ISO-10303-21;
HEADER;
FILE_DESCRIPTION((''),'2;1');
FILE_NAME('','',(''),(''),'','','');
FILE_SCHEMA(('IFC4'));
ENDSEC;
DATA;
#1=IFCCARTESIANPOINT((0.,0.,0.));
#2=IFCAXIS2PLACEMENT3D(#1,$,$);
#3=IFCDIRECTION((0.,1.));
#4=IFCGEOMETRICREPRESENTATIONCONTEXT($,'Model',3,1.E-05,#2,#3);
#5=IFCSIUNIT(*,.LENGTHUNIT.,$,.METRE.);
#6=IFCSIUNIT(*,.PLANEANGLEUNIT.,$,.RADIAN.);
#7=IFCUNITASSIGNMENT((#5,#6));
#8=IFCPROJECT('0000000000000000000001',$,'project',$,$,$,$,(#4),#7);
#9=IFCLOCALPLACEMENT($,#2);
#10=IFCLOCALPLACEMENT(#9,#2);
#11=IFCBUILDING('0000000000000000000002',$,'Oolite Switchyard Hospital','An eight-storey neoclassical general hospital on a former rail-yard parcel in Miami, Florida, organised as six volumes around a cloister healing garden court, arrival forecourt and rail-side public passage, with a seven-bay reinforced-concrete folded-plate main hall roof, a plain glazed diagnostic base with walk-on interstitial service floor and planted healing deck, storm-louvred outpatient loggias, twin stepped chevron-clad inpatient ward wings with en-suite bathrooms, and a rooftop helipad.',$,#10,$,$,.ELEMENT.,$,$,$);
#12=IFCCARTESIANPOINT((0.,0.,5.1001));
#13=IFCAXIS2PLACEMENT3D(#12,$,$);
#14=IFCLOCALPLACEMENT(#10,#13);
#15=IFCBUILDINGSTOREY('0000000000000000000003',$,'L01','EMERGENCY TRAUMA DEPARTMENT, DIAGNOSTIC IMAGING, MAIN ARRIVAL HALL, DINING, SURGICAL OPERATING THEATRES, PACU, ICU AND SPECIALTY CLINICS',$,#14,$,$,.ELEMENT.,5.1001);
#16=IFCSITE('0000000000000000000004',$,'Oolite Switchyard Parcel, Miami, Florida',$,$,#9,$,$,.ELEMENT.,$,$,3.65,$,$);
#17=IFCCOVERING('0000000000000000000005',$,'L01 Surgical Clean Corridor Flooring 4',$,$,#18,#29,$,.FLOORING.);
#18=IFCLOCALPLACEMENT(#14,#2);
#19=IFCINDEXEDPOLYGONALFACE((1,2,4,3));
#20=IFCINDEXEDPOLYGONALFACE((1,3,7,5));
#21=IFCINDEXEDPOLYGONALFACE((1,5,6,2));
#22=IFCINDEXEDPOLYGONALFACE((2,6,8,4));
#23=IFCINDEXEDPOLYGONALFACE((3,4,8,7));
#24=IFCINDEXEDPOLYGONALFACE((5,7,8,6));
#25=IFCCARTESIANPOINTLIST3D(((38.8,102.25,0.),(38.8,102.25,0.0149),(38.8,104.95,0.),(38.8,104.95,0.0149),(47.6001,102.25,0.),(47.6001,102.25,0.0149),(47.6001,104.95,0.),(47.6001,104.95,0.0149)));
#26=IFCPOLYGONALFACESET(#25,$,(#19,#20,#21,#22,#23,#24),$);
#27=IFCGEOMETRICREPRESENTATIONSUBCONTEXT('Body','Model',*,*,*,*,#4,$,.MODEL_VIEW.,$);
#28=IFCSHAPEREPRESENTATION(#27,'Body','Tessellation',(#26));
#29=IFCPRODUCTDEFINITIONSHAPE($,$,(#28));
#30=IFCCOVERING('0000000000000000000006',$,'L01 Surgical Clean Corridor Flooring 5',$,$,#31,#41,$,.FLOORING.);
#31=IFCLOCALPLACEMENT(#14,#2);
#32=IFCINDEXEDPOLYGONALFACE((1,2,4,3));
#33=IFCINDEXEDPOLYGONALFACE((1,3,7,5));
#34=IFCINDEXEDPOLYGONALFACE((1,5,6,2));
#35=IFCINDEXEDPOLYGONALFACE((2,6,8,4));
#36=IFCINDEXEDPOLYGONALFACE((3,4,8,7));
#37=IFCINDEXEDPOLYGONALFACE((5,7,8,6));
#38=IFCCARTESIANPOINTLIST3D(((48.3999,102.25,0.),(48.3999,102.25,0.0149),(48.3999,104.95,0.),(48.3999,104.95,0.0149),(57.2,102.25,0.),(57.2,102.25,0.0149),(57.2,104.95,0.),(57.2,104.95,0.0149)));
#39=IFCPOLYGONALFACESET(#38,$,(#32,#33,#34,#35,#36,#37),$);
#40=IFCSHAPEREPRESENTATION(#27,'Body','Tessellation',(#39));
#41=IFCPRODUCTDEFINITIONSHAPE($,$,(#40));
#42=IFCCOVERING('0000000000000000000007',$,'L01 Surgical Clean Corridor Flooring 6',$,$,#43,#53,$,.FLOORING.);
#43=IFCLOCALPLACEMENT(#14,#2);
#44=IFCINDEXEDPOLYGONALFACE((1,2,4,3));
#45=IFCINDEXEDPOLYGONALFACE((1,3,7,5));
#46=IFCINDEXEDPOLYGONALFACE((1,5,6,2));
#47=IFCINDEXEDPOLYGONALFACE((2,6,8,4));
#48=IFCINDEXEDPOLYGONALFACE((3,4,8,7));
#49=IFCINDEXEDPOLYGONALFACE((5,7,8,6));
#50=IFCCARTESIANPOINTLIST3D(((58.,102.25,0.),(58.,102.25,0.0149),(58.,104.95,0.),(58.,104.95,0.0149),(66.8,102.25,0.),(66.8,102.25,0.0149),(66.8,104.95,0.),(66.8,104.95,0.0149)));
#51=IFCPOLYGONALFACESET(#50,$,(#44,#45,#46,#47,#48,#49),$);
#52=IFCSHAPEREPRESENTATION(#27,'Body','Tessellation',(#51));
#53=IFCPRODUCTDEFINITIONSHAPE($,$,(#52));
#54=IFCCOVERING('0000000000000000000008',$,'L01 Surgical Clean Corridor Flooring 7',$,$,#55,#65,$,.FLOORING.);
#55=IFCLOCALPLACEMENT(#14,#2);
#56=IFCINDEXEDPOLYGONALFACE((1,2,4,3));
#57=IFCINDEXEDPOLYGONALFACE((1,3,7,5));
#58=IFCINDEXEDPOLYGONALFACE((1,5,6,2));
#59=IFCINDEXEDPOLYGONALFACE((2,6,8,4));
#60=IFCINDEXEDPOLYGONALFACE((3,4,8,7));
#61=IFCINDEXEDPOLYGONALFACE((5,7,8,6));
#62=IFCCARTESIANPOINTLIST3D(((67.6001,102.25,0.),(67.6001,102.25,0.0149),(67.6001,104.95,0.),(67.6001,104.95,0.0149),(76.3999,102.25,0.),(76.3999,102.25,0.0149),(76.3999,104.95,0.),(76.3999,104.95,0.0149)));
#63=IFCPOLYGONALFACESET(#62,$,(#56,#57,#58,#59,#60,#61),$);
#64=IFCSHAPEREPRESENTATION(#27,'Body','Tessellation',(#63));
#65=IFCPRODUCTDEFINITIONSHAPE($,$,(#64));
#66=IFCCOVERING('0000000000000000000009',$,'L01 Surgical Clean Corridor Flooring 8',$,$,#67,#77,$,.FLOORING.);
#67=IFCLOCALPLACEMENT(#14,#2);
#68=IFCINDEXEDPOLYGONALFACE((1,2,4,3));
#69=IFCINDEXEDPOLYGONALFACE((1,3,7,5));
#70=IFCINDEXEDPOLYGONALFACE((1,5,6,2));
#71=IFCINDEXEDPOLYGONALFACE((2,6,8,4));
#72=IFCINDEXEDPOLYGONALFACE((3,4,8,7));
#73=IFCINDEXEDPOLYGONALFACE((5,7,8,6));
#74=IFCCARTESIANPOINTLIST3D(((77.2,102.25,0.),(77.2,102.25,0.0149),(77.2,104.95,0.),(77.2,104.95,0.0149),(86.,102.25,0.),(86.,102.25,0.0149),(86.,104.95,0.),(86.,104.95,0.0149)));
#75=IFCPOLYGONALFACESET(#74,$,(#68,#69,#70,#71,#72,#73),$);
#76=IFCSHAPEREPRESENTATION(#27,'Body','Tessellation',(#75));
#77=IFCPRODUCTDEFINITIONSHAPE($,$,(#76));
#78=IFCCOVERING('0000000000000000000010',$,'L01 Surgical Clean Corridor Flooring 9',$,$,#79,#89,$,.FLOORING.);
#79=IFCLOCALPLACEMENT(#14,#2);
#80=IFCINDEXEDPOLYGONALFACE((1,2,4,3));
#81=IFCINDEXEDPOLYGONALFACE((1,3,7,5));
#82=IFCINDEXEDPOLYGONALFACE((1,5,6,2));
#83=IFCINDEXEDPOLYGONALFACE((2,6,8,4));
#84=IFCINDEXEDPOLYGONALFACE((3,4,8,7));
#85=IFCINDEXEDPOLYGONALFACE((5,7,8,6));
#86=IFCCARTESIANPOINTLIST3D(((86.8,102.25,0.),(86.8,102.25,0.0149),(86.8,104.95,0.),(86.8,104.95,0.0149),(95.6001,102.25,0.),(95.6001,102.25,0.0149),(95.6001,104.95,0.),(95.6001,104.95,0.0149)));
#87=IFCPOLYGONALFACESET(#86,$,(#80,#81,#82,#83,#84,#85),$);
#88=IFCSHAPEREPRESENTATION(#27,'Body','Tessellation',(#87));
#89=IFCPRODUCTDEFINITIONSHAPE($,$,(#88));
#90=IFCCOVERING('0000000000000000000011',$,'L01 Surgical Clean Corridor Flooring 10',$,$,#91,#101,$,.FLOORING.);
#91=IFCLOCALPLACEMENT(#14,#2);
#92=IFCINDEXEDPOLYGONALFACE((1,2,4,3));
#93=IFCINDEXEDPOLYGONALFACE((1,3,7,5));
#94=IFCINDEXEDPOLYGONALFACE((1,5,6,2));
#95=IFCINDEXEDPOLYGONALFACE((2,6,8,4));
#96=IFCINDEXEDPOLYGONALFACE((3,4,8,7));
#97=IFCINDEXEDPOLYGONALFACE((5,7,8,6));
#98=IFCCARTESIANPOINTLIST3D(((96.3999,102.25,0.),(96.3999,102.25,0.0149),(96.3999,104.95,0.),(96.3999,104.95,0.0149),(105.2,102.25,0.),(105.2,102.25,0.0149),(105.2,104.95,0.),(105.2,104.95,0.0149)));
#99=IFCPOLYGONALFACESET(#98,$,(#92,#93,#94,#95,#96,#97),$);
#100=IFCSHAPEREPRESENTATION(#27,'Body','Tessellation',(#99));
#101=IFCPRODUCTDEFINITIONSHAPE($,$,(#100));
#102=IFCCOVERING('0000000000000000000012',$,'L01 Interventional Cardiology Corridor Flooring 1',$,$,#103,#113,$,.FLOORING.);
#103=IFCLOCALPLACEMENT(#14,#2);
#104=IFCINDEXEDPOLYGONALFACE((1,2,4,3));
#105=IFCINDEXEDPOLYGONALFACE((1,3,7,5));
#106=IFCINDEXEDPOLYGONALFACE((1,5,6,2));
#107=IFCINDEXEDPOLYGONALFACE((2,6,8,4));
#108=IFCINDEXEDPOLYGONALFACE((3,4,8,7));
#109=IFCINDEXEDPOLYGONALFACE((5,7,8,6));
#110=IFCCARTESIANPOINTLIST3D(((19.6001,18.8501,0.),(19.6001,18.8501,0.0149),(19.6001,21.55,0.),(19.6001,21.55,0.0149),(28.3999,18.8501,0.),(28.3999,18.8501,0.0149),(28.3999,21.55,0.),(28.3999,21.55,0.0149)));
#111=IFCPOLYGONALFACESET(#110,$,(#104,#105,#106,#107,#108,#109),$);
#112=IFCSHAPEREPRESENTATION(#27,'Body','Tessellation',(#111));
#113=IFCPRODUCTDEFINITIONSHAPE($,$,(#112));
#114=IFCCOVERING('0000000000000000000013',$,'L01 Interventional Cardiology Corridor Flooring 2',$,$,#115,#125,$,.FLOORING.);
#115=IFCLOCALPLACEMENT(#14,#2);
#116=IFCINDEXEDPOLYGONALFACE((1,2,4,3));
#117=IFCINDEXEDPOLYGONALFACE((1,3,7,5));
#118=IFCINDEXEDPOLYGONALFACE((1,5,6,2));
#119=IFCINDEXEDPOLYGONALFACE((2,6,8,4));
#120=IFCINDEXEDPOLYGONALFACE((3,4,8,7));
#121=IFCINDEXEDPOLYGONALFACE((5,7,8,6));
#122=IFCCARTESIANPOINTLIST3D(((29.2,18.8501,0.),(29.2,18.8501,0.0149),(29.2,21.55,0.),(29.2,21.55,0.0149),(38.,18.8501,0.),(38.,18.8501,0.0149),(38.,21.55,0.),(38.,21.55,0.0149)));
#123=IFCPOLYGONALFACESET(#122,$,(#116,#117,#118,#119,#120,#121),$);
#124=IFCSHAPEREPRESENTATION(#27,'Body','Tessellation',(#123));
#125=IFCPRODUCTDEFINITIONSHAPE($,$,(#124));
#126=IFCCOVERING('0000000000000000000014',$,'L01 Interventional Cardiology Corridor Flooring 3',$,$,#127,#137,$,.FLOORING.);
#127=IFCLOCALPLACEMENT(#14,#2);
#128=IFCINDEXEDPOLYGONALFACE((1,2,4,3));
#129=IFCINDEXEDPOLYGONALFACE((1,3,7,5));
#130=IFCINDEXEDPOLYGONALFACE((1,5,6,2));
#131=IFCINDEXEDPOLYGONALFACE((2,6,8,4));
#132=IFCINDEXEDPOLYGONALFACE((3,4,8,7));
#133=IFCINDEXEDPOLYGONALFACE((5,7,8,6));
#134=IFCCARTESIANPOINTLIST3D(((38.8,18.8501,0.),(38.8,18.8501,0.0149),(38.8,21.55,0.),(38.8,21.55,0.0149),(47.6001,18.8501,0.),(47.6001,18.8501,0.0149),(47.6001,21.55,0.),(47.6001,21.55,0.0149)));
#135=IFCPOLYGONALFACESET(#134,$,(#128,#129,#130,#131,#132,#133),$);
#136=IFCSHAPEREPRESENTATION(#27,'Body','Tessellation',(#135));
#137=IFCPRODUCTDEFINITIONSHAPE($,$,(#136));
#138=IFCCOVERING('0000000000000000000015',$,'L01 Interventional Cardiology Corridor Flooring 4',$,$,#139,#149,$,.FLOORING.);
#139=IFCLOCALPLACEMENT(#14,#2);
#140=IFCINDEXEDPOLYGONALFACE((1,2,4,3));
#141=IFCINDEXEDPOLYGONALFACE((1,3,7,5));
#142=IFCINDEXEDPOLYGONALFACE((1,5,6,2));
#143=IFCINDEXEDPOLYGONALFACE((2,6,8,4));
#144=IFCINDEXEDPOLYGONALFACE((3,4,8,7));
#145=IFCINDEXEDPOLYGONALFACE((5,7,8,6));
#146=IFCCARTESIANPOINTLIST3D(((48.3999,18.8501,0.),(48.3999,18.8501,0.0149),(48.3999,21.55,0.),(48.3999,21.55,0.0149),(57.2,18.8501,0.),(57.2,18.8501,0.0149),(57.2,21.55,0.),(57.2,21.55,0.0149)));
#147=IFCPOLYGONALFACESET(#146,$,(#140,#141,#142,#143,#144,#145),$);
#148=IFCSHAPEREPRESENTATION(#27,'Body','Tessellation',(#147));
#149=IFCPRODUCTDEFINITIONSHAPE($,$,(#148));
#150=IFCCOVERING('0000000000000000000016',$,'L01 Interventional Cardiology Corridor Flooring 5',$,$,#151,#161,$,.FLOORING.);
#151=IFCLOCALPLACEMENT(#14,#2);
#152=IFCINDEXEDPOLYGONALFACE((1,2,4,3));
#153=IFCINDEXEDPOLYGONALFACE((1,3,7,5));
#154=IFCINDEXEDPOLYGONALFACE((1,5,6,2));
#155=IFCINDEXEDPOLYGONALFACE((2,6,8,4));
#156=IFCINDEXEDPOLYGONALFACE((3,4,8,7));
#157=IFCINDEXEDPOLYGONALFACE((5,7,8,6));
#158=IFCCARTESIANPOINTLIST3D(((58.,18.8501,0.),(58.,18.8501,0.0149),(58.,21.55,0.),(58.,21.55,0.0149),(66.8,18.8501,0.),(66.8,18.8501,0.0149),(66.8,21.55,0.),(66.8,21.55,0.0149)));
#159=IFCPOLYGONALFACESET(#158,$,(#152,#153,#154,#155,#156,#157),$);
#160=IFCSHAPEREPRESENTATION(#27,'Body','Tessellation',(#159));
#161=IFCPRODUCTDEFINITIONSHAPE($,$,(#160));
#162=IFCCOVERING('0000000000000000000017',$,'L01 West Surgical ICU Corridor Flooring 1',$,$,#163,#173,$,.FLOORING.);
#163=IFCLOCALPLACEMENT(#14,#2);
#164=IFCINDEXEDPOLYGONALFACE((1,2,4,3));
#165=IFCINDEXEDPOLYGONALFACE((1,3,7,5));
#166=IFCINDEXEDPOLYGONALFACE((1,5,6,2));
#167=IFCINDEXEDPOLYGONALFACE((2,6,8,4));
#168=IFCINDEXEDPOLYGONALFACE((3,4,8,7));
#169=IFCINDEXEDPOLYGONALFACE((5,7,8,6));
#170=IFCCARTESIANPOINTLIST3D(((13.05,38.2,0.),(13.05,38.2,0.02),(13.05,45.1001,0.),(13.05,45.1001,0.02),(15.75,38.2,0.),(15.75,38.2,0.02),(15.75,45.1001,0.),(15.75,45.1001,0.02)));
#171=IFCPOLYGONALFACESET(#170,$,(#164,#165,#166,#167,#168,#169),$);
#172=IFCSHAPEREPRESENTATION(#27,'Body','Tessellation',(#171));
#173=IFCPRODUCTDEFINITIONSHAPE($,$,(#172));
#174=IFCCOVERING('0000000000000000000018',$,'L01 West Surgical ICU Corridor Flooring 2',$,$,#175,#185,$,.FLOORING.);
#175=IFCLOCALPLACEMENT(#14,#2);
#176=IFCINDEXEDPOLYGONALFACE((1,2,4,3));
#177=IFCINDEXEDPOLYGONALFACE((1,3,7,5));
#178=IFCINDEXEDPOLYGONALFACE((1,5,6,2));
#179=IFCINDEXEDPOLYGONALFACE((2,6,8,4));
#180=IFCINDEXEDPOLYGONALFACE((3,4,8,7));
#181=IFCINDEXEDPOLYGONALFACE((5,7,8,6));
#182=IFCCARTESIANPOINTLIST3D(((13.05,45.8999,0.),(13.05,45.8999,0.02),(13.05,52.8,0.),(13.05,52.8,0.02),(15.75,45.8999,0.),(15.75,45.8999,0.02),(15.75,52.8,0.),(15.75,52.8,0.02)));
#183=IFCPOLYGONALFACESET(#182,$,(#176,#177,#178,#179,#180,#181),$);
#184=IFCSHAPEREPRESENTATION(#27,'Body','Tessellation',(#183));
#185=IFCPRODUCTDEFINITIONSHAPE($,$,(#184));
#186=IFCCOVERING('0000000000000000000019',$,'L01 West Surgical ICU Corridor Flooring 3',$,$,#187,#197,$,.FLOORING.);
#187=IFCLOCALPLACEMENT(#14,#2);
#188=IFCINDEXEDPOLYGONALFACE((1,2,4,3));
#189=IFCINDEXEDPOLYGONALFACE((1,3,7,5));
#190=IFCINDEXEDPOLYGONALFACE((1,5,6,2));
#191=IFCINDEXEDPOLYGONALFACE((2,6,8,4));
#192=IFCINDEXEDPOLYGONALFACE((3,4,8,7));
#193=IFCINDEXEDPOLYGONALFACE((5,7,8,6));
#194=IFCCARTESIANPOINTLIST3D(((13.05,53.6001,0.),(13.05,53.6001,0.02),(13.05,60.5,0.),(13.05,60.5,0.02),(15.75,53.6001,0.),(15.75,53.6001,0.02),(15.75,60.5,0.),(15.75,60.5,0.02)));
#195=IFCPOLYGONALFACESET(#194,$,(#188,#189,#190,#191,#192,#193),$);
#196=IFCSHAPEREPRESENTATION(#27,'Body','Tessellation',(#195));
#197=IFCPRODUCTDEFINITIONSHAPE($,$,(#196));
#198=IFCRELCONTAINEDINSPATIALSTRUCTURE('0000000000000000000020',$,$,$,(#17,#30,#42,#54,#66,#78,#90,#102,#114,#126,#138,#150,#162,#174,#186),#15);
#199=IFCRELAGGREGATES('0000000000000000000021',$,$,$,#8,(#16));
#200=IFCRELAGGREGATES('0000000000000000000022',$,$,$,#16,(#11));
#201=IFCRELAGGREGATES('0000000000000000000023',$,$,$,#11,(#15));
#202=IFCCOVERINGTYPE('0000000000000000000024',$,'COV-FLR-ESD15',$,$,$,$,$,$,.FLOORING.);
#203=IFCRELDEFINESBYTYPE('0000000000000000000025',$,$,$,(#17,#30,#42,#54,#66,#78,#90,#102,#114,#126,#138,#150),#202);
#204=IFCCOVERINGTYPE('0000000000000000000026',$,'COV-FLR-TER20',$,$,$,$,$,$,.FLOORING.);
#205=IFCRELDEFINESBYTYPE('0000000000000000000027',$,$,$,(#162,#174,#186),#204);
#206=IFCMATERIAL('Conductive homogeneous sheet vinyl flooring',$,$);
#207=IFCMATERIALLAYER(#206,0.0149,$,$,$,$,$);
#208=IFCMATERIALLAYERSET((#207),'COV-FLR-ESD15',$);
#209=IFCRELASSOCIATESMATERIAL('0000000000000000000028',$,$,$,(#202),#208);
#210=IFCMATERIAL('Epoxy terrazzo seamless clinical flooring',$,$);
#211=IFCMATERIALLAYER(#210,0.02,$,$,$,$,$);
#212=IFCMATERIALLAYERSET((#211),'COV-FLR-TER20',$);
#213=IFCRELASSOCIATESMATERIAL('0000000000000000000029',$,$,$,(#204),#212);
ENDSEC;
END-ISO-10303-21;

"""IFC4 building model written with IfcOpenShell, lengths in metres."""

from ifc_helpers import new_model, si_unit, direction, frame, origin, place, context, subcontext, project, spatial, polyline, outline, extrude, material, layer, layer_set, type_object, element, save


model = new_model("IFC4")

# Units and contexts
model_context = context("Model", 3, precision=1e-05, world=origin(), true_north=direction((0.0, 1.0)))
body_context = subcontext(model_context, "Body", "Model", "MODEL_VIEW")
ifc_project = project(units=[si_unit("LENGTHUNIT", "METRE"), si_unit("PLANEANGLEUNIT", "RADIAN")], contexts=[model_context])

# Site, building, storey
site_placement = place(None, origin())
site = spatial("IfcSite", under=ifc_project, at=site_placement, Name="Oolite Switchyard Parcel, Miami, Florida", CompositionType="ELEMENT", RefElevation=3.65)
building_placement = place(site_placement, origin())
building = spatial("IfcBuilding", under=site, at=building_placement, Name="Oolite Switchyard Hospital", Description="An eight-storey neoclassical general hospital on a former rail-yard parcel in Miami, Florida, organised as six volumes around a cloister healing garden court, arrival forecourt and rail-side public passage, with a seven-bay reinforced-concrete folded-plate main hall roof, a plain glazed diagnostic base with walk-on interstitial service floor and planted healing deck, storm-louvred outpatient loggias, twin stepped chevron-clad inpatient ward wings with en-suite bathrooms, and a rooftop helipad.", CompositionType="ELEMENT")
storey_placement = place(building_placement, frame((0.0, 0.0, 5.1001)))
storey = spatial("IfcBuildingStorey", under=building, at=storey_placement, Name="L01", Description="EMERGENCY TRAUMA DEPARTMENT, DIAGNOSTIC IMAGING, MAIN ARRIVAL HALL, DINING, SURGICAL OPERATING THEATRES, PACU, ICU AND SPECIALTY CLINICS", CompositionType="ELEMENT", Elevation=5.1001)

# Coverings
ifc_material_1 = material(Name="Conductive homogeneous sheet vinyl flooring")
ifc_layer_1 = layer(ifc_material_1, 0.0149)
ifc_layer_set_1 = layer_set([ifc_layer_1], Name="COV-FLR-ESD15")
covering_type_1 = type_object("IfcCoveringType", Name="COV-FLR-ESD15", PredefinedType="FLOORING", material=ifc_layer_set_1)
covering_1_placement = place(storey_placement, origin())
element("IfcCovering", 1, at=covering_1_placement, inside=storey, type_object=covering_type_1, Name="L01 Surgical Clean Corridor Flooring 4", PredefinedType="FLOORING", context=body_context, shape_type="SweptSolid", body=[
    extrude(outline(polyline([(38.8, 102.25), (47.6001, 102.25), (47.6001, 104.95), (38.8, 104.95), (38.8, 102.25)])), origin(), (0.0, 0.0, 1.0), 0.0149),
])
covering_2_placement = place(storey_placement, origin())
element("IfcCovering", 2, at=covering_2_placement, inside=storey, type_object=covering_type_1, Name="L01 Surgical Clean Corridor Flooring 5", PredefinedType="FLOORING", context=body_context, shape_type="SweptSolid", body=[
    extrude(outline(polyline([(48.3999, 102.25), (57.2, 102.25), (57.2, 104.95), (48.3999, 104.95), (48.3999, 102.25)])), origin(), (0.0, 0.0, 1.0), 0.0149),
])
covering_3_placement = place(storey_placement, origin())
element("IfcCovering", 3, at=covering_3_placement, inside=storey, type_object=covering_type_1, Name="L01 Surgical Clean Corridor Flooring 6", PredefinedType="FLOORING", context=body_context, shape_type="SweptSolid", body=[
    extrude(outline(polyline([(58.0, 102.25), (66.8, 102.25), (66.8, 104.95), (58.0, 104.95), (58.0, 102.25)])), origin(), (0.0, 0.0, 1.0), 0.0149),
])
covering_4_placement = place(storey_placement, origin())
element("IfcCovering", 4, at=covering_4_placement, inside=storey, type_object=covering_type_1, Name="L01 Surgical Clean Corridor Flooring 7", PredefinedType="FLOORING", context=body_context, shape_type="SweptSolid", body=[
    extrude(outline(polyline([(67.6001, 102.25), (76.3999, 102.25), (76.3999, 104.95), (67.6001, 104.95), (67.6001, 102.25)])), origin(), (0.0, 0.0, 1.0), 0.0149),
])
covering_5_placement = place(storey_placement, origin())
element("IfcCovering", 5, at=covering_5_placement, inside=storey, type_object=covering_type_1, Name="L01 Surgical Clean Corridor Flooring 8", PredefinedType="FLOORING", context=body_context, shape_type="SweptSolid", body=[
    extrude(outline(polyline([(77.2, 102.25), (86.0, 102.25), (86.0, 104.95), (77.2, 104.95), (77.2, 102.25)])), origin(), (0.0, 0.0, 1.0), 0.0149),
])
covering_6_placement = place(storey_placement, origin())
element("IfcCovering", 6, at=covering_6_placement, inside=storey, type_object=covering_type_1, Name="L01 Surgical Clean Corridor Flooring 9", PredefinedType="FLOORING", context=body_context, shape_type="SweptSolid", body=[
    extrude(outline(polyline([(86.8, 102.25), (95.6001, 102.25), (95.6001, 104.95), (86.8, 104.95), (86.8, 102.25)])), origin(), (0.0, 0.0, 1.0), 0.0149),
])
covering_7_placement = place(storey_placement, origin())
element("IfcCovering", 7, at=covering_7_placement, inside=storey, type_object=covering_type_1, Name="L01 Surgical Clean Corridor Flooring 10", PredefinedType="FLOORING", context=body_context, shape_type="SweptSolid", body=[
    extrude(outline(polyline([(96.3999, 102.25), (105.2, 102.25), (105.2, 104.95), (96.3999, 104.95), (96.3999, 102.25)])), origin(), (0.0, 0.0, 1.0), 0.0149),
])
covering_8_placement = place(storey_placement, origin())
element("IfcCovering", 8, at=covering_8_placement, inside=storey, type_object=covering_type_1, Name="L01 Interventional Cardiology Corridor Flooring 1", PredefinedType="FLOORING", context=body_context, shape_type="SweptSolid", body=[
    extrude(outline(polyline([(19.6001, 18.8501), (28.3999, 18.8501), (28.3999, 21.55), (19.6001, 21.55), (19.6001, 18.8501)])), origin(), (0.0, 0.0, 1.0), 0.0149),
])
covering_9_placement = place(storey_placement, origin())
element("IfcCovering", 9, at=covering_9_placement, inside=storey, type_object=covering_type_1, Name="L01 Interventional Cardiology Corridor Flooring 2", PredefinedType="FLOORING", context=body_context, shape_type="SweptSolid", body=[
    extrude(outline(polyline([(29.2, 18.8501), (38.0, 18.8501), (38.0, 21.55), (29.2, 21.55), (29.2, 18.8501)])), origin(), (0.0, 0.0, 1.0), 0.0149),
])
covering_10_placement = place(storey_placement, origin())
element("IfcCovering", 10, at=covering_10_placement, inside=storey, type_object=covering_type_1, Name="L01 Interventional Cardiology Corridor Flooring 3", PredefinedType="FLOORING", context=body_context, shape_type="SweptSolid", body=[
    extrude(outline(polyline([(38.8, 18.8501), (47.6001, 18.8501), (47.6001, 21.55), (38.8, 21.55), (38.8, 18.8501)])), origin(), (0.0, 0.0, 1.0), 0.0149),
])
covering_11_placement = place(storey_placement, origin())
element("IfcCovering", 11, at=covering_11_placement, inside=storey, type_object=covering_type_1, Name="L01 Interventional Cardiology Corridor Flooring 4", PredefinedType="FLOORING", context=body_context, shape_type="SweptSolid", body=[
    extrude(outline(polyline([(48.3999, 18.8501), (57.2, 18.8501), (57.2, 21.55), (48.3999, 21.55), (48.3999, 18.8501)])), origin(), (0.0, 0.0, 1.0), 0.0149),
])
covering_12_placement = place(storey_placement, origin())
element("IfcCovering", 12, at=covering_12_placement, inside=storey, type_object=covering_type_1, Name="L01 Interventional Cardiology Corridor Flooring 5", PredefinedType="FLOORING", context=body_context, shape_type="SweptSolid", body=[
    extrude(outline(polyline([(58.0, 18.8501), (66.8, 18.8501), (66.8, 21.55), (58.0, 21.55), (58.0, 18.8501)])), origin(), (0.0, 0.0, 1.0), 0.0149),
])
ifc_material_2 = material(Name="Epoxy terrazzo seamless clinical flooring")
ifc_layer_2 = layer(ifc_material_2, 0.02)
ifc_layer_set_2 = layer_set([ifc_layer_2], Name="COV-FLR-TER20")
covering_type_2 = type_object("IfcCoveringType", Name="COV-FLR-TER20", PredefinedType="FLOORING", material=ifc_layer_set_2)
covering_13_placement = place(storey_placement, origin())
element("IfcCovering", 13, at=covering_13_placement, inside=storey, type_object=covering_type_2, Name="L01 West Surgical ICU Corridor Flooring 1", PredefinedType="FLOORING", context=body_context, shape_type="SweptSolid", body=[
    extrude(outline(polyline([(13.05, 38.2), (15.75, 38.2), (15.75, 45.1001), (13.05, 45.1001), (13.05, 38.2)])), origin(), (0.0, 0.0, 1.0), 0.02),
])
covering_14_placement = place(storey_placement, origin())
element("IfcCovering", 14, at=covering_14_placement, inside=storey, type_object=covering_type_2, Name="L01 West Surgical ICU Corridor Flooring 2", PredefinedType="FLOORING", context=body_context, shape_type="SweptSolid", body=[
    extrude(outline(polyline([(13.05, 45.8999), (15.75, 45.8999), (15.75, 52.8), (13.05, 52.8), (13.05, 45.8999)])), origin(), (0.0, 0.0, 1.0), 0.02),
])
covering_15_placement = place(storey_placement, origin())
element("IfcCovering", 15, at=covering_15_placement, inside=storey, type_object=covering_type_2, Name="L01 West Surgical ICU Corridor Flooring 3", PredefinedType="FLOORING", context=body_context, shape_type="SweptSolid", body=[
    extrude(outline(polyline([(13.05, 53.6001), (15.75, 53.6001), (15.75, 60.5), (13.05, 60.5), (13.05, 53.6001)])), origin(), (0.0, 0.0, 1.0), 0.02),
])

save(model, "model.ifc")
